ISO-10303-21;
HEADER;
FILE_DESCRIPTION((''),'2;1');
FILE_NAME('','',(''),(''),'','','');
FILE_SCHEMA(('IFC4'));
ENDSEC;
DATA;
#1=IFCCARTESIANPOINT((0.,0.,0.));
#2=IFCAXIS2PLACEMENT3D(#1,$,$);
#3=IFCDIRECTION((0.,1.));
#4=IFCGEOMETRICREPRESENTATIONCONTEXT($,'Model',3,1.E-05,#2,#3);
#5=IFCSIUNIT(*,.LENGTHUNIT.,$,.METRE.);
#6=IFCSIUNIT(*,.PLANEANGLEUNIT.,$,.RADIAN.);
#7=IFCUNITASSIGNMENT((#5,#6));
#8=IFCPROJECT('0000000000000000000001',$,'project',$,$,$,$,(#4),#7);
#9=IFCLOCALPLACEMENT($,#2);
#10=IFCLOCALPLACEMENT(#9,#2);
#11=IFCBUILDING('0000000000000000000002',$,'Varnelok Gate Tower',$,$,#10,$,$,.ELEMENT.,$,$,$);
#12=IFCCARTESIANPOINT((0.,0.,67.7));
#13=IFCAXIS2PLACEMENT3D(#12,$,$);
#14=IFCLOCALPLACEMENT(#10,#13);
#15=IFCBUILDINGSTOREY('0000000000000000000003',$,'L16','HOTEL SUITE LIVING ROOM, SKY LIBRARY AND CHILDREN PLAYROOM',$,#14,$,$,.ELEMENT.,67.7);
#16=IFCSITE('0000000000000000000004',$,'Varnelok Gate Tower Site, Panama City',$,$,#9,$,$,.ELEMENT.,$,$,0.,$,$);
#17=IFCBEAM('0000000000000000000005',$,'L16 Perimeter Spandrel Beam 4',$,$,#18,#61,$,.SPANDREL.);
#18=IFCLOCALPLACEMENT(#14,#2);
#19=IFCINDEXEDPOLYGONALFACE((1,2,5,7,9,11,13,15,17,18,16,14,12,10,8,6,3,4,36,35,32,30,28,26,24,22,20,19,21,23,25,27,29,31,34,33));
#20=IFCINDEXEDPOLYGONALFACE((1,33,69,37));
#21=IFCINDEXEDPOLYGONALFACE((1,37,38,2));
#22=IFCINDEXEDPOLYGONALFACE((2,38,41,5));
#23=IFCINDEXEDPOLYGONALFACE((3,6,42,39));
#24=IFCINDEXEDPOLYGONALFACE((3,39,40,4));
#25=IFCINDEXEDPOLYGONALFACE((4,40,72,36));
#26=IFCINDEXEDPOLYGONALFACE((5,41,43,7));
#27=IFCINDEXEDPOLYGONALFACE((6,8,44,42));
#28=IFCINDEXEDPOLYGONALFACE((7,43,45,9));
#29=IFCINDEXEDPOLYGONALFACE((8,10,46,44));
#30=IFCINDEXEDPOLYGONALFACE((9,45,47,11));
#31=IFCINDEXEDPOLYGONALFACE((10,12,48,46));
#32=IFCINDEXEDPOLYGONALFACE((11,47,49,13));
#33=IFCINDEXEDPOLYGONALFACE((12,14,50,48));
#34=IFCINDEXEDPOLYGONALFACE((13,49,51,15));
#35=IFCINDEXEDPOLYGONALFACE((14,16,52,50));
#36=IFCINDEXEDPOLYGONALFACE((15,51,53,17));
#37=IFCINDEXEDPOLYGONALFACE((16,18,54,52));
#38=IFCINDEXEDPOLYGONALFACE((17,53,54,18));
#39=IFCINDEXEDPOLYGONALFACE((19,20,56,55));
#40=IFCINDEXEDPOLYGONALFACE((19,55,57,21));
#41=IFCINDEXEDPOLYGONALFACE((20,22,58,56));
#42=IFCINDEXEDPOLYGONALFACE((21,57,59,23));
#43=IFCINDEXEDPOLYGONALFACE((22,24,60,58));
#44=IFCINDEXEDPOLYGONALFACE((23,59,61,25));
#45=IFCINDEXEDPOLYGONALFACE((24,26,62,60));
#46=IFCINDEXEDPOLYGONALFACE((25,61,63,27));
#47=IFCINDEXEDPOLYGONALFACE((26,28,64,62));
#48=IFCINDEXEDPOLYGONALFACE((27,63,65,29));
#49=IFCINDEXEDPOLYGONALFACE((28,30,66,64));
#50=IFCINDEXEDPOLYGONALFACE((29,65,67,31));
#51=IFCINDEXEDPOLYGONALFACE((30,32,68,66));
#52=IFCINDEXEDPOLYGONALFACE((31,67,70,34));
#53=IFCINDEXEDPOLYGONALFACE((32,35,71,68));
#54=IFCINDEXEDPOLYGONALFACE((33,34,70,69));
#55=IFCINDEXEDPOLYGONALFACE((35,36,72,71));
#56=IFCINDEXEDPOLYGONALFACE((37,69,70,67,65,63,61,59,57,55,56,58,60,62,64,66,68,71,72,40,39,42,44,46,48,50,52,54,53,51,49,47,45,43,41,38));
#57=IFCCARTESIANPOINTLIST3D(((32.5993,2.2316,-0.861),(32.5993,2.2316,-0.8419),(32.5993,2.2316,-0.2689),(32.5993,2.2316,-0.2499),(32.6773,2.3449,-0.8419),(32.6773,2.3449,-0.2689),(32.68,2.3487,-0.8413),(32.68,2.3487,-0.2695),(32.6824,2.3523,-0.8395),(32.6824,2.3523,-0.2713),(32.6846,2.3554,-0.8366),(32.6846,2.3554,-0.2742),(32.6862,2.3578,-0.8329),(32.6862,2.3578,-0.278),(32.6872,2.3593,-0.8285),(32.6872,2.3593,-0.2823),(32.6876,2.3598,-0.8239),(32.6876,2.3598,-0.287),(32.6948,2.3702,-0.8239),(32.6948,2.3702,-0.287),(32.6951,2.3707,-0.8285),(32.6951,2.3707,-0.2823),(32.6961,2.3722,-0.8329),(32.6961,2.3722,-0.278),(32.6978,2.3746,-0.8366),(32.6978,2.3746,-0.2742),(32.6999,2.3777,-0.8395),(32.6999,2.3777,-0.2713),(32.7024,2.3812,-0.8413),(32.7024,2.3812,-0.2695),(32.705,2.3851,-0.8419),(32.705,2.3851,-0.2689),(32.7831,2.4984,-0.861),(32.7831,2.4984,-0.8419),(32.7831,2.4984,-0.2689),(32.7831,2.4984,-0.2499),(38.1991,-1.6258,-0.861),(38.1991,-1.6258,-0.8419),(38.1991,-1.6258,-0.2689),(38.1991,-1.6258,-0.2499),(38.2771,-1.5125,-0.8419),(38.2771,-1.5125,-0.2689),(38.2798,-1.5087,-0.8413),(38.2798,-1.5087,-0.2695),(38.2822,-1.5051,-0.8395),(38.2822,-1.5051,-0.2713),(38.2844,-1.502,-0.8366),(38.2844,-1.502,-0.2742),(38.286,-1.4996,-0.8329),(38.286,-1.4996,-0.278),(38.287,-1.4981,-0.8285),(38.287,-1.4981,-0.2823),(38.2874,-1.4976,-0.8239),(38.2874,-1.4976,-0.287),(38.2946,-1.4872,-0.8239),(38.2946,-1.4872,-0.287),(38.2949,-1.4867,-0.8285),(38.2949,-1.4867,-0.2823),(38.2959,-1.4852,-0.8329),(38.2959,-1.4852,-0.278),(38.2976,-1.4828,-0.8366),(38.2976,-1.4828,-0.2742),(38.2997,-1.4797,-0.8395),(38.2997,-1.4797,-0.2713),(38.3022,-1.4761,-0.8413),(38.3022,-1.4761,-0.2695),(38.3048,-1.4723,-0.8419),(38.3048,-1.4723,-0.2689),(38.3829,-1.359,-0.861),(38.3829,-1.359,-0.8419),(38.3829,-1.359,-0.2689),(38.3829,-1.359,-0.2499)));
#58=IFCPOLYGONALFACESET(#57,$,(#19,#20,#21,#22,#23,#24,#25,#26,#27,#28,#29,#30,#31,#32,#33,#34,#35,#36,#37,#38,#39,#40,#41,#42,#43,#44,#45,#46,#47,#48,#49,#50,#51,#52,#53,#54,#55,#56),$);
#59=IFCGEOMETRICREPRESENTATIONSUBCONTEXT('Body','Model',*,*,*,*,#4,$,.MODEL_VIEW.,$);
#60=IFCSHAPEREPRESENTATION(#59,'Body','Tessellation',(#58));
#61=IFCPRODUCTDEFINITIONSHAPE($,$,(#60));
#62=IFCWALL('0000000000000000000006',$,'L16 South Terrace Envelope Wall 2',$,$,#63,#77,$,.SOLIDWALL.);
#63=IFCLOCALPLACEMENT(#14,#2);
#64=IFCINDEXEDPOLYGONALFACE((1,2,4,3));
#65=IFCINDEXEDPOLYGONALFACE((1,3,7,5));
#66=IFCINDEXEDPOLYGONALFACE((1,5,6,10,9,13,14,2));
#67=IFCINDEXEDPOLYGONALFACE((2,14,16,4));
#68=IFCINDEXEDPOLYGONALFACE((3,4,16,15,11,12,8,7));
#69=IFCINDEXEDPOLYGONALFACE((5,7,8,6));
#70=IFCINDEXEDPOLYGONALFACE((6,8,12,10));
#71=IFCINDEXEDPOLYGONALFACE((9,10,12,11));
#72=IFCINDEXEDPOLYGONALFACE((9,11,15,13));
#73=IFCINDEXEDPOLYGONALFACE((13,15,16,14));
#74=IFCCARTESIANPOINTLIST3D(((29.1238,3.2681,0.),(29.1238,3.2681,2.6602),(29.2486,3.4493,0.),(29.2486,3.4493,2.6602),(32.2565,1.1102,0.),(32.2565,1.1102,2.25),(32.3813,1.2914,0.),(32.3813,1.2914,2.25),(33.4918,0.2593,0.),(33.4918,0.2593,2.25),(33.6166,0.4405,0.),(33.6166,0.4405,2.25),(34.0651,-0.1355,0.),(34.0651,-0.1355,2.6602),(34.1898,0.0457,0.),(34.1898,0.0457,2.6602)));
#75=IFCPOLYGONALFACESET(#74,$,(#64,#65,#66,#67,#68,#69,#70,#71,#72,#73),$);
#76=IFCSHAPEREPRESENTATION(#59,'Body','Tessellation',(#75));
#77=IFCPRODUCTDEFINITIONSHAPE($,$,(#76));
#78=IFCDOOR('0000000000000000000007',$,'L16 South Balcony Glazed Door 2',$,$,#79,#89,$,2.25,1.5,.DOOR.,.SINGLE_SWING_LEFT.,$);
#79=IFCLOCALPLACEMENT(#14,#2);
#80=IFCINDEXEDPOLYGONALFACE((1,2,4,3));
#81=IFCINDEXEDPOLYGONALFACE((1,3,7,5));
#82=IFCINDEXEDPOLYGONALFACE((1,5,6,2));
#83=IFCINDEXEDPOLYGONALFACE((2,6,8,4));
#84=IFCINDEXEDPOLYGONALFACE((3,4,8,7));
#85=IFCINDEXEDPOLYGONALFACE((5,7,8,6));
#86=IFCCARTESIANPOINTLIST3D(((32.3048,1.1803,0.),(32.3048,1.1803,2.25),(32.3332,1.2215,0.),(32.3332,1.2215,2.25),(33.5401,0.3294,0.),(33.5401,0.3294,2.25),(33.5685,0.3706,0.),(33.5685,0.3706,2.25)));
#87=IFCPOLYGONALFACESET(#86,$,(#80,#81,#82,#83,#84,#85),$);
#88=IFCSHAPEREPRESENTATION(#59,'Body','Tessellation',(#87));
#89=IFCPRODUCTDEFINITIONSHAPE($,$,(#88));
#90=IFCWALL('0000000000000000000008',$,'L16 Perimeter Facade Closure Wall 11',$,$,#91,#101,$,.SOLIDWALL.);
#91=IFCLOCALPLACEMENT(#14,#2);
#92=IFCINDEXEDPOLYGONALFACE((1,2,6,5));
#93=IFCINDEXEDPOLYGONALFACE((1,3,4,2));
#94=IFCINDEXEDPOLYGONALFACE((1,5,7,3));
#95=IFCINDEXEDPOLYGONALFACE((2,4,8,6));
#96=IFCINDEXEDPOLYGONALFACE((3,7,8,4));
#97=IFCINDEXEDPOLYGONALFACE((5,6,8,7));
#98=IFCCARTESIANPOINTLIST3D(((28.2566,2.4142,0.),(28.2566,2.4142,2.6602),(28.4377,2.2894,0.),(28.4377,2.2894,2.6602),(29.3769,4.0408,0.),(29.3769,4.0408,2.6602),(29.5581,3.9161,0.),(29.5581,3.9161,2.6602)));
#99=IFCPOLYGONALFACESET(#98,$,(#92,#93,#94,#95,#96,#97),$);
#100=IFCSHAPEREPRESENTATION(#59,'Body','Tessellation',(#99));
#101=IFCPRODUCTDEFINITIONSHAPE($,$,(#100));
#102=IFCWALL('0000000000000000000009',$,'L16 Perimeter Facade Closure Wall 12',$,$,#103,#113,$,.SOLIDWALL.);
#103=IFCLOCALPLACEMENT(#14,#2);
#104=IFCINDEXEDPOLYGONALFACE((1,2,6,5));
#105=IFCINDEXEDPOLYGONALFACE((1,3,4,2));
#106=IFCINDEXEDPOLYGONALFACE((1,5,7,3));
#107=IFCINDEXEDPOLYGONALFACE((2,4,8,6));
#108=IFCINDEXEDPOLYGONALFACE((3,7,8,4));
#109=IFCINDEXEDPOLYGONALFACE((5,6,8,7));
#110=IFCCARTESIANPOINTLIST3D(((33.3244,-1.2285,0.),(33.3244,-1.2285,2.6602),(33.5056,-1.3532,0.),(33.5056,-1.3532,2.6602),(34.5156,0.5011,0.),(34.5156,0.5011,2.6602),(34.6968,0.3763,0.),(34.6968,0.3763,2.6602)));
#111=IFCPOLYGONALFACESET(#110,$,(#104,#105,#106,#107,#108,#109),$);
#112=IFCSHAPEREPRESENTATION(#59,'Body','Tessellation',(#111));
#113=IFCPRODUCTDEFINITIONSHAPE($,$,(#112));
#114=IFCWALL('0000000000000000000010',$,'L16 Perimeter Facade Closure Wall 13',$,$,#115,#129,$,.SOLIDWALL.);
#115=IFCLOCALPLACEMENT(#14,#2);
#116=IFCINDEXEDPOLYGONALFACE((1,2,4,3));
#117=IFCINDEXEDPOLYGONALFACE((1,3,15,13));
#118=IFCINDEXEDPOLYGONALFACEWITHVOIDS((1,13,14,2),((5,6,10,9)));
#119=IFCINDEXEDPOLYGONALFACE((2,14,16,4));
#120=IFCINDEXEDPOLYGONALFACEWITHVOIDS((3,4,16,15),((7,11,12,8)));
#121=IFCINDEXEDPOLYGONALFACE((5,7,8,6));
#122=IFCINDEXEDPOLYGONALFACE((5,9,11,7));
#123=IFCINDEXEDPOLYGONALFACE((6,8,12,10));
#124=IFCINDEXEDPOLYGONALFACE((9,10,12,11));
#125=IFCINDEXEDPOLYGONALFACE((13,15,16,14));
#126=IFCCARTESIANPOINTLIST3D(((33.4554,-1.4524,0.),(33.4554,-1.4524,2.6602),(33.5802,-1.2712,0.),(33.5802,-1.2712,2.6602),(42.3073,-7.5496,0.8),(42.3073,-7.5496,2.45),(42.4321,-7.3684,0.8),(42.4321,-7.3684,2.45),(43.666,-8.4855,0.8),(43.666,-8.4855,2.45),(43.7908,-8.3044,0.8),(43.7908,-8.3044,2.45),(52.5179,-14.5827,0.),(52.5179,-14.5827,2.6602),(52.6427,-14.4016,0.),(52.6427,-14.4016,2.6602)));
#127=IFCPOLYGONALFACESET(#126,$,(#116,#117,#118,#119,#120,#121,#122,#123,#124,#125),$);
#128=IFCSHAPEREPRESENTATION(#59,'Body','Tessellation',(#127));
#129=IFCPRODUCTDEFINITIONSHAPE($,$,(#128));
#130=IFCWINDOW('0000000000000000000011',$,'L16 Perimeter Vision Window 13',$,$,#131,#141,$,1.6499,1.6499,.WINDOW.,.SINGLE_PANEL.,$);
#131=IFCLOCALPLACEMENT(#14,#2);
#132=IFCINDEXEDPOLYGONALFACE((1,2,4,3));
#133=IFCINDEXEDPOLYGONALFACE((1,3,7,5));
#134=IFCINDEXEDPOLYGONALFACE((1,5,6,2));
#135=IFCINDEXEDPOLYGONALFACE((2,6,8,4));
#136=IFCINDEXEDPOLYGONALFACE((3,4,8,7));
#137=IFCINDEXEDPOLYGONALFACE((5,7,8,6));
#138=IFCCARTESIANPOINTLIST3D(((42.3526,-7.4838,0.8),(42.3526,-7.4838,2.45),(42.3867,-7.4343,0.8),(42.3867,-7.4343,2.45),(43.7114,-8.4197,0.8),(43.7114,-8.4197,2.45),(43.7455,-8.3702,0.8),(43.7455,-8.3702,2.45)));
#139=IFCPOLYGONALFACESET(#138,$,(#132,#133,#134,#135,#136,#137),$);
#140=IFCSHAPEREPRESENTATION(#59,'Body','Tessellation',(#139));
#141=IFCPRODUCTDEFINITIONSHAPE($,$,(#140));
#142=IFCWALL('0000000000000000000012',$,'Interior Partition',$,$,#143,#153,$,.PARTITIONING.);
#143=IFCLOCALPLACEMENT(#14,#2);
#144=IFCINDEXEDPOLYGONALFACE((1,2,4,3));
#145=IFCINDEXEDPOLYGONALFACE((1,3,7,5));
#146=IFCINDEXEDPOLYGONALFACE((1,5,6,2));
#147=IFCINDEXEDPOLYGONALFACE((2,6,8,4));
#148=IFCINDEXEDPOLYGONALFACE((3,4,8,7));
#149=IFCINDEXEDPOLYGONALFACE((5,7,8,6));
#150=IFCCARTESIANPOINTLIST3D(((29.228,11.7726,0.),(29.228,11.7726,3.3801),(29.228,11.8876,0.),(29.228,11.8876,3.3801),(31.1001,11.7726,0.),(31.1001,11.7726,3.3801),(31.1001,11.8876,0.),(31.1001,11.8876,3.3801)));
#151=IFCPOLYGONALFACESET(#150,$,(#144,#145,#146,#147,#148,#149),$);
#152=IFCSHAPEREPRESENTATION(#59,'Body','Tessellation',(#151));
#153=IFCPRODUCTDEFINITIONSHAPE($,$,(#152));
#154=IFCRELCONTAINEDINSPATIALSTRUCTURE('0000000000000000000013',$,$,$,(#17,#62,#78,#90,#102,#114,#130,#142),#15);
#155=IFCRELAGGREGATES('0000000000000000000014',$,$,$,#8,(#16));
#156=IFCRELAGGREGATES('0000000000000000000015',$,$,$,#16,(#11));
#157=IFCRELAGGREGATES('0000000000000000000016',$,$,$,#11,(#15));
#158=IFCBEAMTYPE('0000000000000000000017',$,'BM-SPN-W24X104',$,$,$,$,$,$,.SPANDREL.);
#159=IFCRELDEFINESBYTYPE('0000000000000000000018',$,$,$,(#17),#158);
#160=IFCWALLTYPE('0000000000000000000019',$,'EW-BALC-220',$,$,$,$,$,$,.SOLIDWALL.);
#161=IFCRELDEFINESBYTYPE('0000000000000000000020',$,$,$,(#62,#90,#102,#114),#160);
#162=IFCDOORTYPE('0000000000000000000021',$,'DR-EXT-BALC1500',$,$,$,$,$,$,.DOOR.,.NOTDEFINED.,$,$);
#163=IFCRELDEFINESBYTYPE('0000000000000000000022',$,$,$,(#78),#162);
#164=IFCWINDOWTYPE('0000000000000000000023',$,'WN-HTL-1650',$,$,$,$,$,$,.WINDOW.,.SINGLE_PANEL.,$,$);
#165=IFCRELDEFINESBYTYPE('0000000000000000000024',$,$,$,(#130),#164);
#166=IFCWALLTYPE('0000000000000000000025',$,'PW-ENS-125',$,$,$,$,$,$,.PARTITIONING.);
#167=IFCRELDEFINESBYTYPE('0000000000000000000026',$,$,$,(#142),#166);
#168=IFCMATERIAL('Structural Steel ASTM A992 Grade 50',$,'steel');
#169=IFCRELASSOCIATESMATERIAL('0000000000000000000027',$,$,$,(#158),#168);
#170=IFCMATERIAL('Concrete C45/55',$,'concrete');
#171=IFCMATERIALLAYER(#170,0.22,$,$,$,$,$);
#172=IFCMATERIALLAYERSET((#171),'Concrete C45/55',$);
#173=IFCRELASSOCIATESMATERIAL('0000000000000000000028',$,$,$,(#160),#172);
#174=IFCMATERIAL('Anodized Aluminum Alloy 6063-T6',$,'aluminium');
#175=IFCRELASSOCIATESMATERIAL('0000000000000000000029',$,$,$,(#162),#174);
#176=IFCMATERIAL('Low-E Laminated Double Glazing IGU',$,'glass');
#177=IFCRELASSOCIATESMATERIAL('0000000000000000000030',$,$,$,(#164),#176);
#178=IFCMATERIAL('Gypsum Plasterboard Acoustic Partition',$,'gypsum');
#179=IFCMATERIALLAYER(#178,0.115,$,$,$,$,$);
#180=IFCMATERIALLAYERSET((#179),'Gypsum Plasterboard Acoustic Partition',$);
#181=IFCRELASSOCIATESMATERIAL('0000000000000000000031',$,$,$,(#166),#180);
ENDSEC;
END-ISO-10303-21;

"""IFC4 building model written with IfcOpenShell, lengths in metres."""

from ifc_helpers import new_model, si_unit, direction, frame, frame_2d, origin, origin_2d, place, context, subcontext, project, spatial, rectangle, i_section, extrude, material, layer, layer_set, material_profile, profile_set, type_object, element, fill, save


model = new_model("IFC4")

# Units and contexts
model_context = context("Model", 3, precision=1e-05, world=origin(), true_north=direction((0.0, 1.0)))
body_context = subcontext(model_context, "Body", "Model", "MODEL_VIEW")
ifc_project = project(units=[si_unit("LENGTHUNIT", "METRE"), si_unit("PLANEANGLEUNIT", "RADIAN")], contexts=[model_context])

# Site, building, storey
site_placement = place(None, origin())
site = spatial("IfcSite", under=ifc_project, at=site_placement, Name="Varnelok Gate Tower Site, Panama City", CompositionType="ELEMENT", RefElevation=0.0)
building_placement = place(site_placement, origin())
building = spatial("IfcBuilding", under=site, at=building_placement, Name="Varnelok Gate Tower", CompositionType="ELEMENT")
storey_placement = place(building_placement, frame((0.0, 0.0, 67.7)))
storey = spatial("IfcBuildingStorey", under=building, at=storey_placement, Name="L16", Description="HOTEL SUITE LIVING ROOM, SKY LIBRARY AND CHILDREN PLAYROOM", CompositionType="ELEMENT", Elevation=67.7)

# Shared definitions
ifc_material_1 = material(Name="Structural Steel ASTM A992 Grade 50", Category="steel")

# Beam
ifc_material_profile_1 = material_profile(ifc_material_1, i_section(OverallWidth=0.324, OverallDepth=0.6111, WebThickness=0.0127, FlangeThickness=0.019, FilletRadius=0.0181, at=origin_2d()), Name="W24X104")
ifc_profile_set_1 = profile_set([ifc_material_profile_1], Name="Structural Steel ASTM A992 Grade 50")
beam_type_1 = type_object("IfcBeamType", Name="BM-SPN-W24X104", PredefinedType="SPANDREL", material=ifc_profile_set_1)
beam_1_placement = place(storey_placement, frame((32.6912, 2.365, -0.5554), z_axis=(0.823525, -0.56728, 0.0), x_axis=(0.56728, 0.823525, 0.0)))
element("IfcBeam", 1, at=beam_1_placement, inside=storey, type_object=beam_type_1, Name="L16 Perimeter Spandrel Beam 4", PredefinedType="SPANDREL", context=body_context, shape_type="SweptSolid", body=[
    extrude(i_section(OverallWidth=0.324, OverallDepth=0.6111, WebThickness=0.0127, FlangeThickness=0.019, FilletRadius=0.0181, at=origin_2d()), origin(), (0.0, 0.0, 1.0), 6.7998),
])

# Wall, opening, door
ifc_material_2 = material(Name="Concrete C45/55", Category="concrete")
ifc_layer_1 = layer(ifc_material_2, 0.22)
ifc_layer_set_1 = layer_set([ifc_layer_1], Name="Concrete C45/55")
wall_type_1 = type_object("IfcWallType", Name="EW-BALC-220", PredefinedType="SOLIDWALL", material=ifc_layer_set_1)
wall_1_placement = place(storey_placement, frame((34.1274, -0.0449, 0.0), z_axis=(0.0, 0.0, 1.0), x_axis=(-0.823535, 0.567266, 0.0)))
wall_1 = element("IfcWall", 2, at=wall_1_placement, inside=storey, type_object=wall_type_1, Name="L16 South Terrace Envelope Wall 2", PredefinedType="SOLIDWALL", context=body_context, shape_type="SweptSolid", body=[
    extrude(rectangle(XDim=6.0, YDim=0.22, at=frame_2d((3.0, 0.0))), origin(), (0.0, 0.0, 1.0), 2.6602),
])
opening_1_placement = place(wall_1_placement, frame((0.696, 0.0, 0.0)))
opening_1 = element("IfcOpeningElement", 3, at=opening_1_placement, cuts=wall_1, PredefinedType="OPENING", context=body_context, shape_type="SweptSolid", body=[
    extrude(rectangle(XDim=1.5, YDim=2.25, at=frame_2d((0.75, 1.125))), frame((0.0, 0.1199, 0.0), z_axis=(0.0, -1.0, 0.0), x_axis=(1.0, 0.0, 0.0)), (0.0, 0.0, 1.0), 0.24),
])
ifc_material_3 = material(Name="Anodized Aluminum Alloy 6063-T6", Category="aluminium")
door_type_1 = type_object("IfcDoorType", Name="DR-EXT-BALC1500", OperationType="NOTDEFINED", PredefinedType="DOOR", material=ifc_material_3)
door_1_placement = place(opening_1_placement, origin())
door_1 = element("IfcDoor", 4, at=door_1_placement, inside=storey, type_object=door_type_1, Name="L16 South Balcony Glazed Door 2", OperationType="SINGLE_SWING_LEFT", OverallHeight=2.25, OverallWidth=1.5, PredefinedType="DOOR", context=body_context, shape_type="SweptSolid", body=[
    extrude(rectangle(XDim=1.5, YDim=2.25, at=frame_2d((0.75, 1.125))), frame((0.0, 0.0249, 0.0), z_axis=(0.0, -1.0, 0.0), x_axis=(1.0, 0.0, 0.0)), (0.0, 0.0, 1.0), 0.05),
])
fill(opening_1, door_1)

# Walls
wall_2_placement = place(storey_placement, frame((28.3472, 2.3518, 0.0), z_axis=(0.0, 0.0, 1.0), x_axis=(0.567216, 0.823569, 0.0)))
element("IfcWall", 5, at=wall_2_placement, inside=storey, type_object=wall_type_1, Name="L16 Perimeter Facade Closure Wall 11", PredefinedType="SOLIDWALL", context=body_context, shape_type="SweptSolid", body=[
    extrude(rectangle(XDim=1.9751, YDim=0.22, at=frame_2d((0.9875, 0.0))), origin(), (0.0, 0.0, 1.0), 2.6602),
])
wall_3_placement = place(storey_placement, frame((34.6062, 0.4387, 0.0), z_axis=(0.0, 0.0, 1.0), x_axis=(-0.567219, -0.823567, 0.0)))
element("IfcWall", 6, at=wall_3_placement, inside=storey, type_object=wall_type_1, Name="L16 Perimeter Facade Closure Wall 12", PredefinedType="SOLIDWALL", context=body_context, shape_type="SweptSolid", body=[
    extrude(rectangle(XDim=2.1001, YDim=0.22, at=frame_2d((1.05, 0.0))), origin(), (0.0, 0.0, 1.0), 2.6602),
])

# Wall, opening, window
wall_4_placement = place(storey_placement, frame((33.5178, -1.3618, 0.0), z_axis=(0.0, 0.0, 1.0), x_axis=(0.823539, -0.567259, 0.0)))
wall_4 = element("IfcWall", 7, at=wall_4_placement, inside=storey, type_object=wall_type_1, Name="L16 Perimeter Facade Closure Wall 13", PredefinedType="SOLIDWALL", context=body_context, shape_type="SweptSolid", body=[
    extrude(rectangle(XDim=23.147, YDim=0.22, at=frame_2d((11.5735, 0.0))), origin(), (0.0, 0.0, 1.0), 2.6602),
])
opening_2_placement = place(wall_4_placement, frame((10.7485, 0.0, 0.8)))
opening_2 = element("IfcOpeningElement", 8, at=opening_2_placement, cuts=wall_4, PredefinedType="OPENING", context=body_context, shape_type="SweptSolid", body=[
    extrude(rectangle(XDim=1.6499, YDim=1.6499, at=frame_2d((0.825, 0.825))), frame((0.0, 0.1199, 0.0), z_axis=(0.0, -1.0, 0.0), x_axis=(1.0, 0.0, 0.0)), (0.0, 0.0, 1.0), 0.24),
])
ifc_material_4 = material(Name="Low-E Laminated Double Glazing IGU", Category="glass")
window_type = type_object("IfcWindowType", Name="WN-HTL-1650", PartitioningType="SINGLE_PANEL", PredefinedType="WINDOW", material=ifc_material_4)
window_placement = place(opening_2_placement, origin())
window = element("IfcWindow", 9, at=window_placement, inside=storey, type_object=window_type, Name="L16 Perimeter Vision Window 13", OverallHeight=1.6499, OverallWidth=1.6499, PartitioningType="SINGLE_PANEL", PredefinedType="WINDOW", context=body_context, shape_type="SweptSolid", body=[
    extrude(rectangle(XDim=1.6499, YDim=1.6499, at=frame_2d((0.825, 0.825))), frame((0.0, 0.03, 0.0), z_axis=(0.0, -1.0, 0.0), x_axis=(1.0, 0.0, 0.0)), (0.0, 0.0, 1.0), 0.0601),
])
fill(opening_2, window)

# Wall
ifc_material_5 = material(Name="Gypsum Plasterboard Acoustic Partition", Category="gypsum")
ifc_layer_2 = layer(ifc_material_5, 0.115)
ifc_layer_set_2 = layer_set([ifc_layer_2], Name="Gypsum Plasterboard Acoustic Partition")
wall_type_2 = type_object("IfcWallType", Name="PW-ENS-125", PredefinedType="PARTITIONING", material=ifc_layer_set_2)
wall_5_placement = place(storey_placement, frame((29.228, 11.8301, 0.0), z_axis=(0.0, 0.0, 1.0), x_axis=(1.0, 0.0, 0.0)))
element("IfcWall", 10, at=wall_5_placement, inside=storey, type_object=wall_type_2, Name="Interior Partition", PredefinedType="PARTITIONING", context=body_context, shape_type="SweptSolid", body=[
    extrude(rectangle(XDim=1.8721, YDim=0.115, at=frame_2d((0.936, 0.0))), origin(), (0.0, 0.0, 1.0), 3.3801),
])

save(model, "model.ifc")
